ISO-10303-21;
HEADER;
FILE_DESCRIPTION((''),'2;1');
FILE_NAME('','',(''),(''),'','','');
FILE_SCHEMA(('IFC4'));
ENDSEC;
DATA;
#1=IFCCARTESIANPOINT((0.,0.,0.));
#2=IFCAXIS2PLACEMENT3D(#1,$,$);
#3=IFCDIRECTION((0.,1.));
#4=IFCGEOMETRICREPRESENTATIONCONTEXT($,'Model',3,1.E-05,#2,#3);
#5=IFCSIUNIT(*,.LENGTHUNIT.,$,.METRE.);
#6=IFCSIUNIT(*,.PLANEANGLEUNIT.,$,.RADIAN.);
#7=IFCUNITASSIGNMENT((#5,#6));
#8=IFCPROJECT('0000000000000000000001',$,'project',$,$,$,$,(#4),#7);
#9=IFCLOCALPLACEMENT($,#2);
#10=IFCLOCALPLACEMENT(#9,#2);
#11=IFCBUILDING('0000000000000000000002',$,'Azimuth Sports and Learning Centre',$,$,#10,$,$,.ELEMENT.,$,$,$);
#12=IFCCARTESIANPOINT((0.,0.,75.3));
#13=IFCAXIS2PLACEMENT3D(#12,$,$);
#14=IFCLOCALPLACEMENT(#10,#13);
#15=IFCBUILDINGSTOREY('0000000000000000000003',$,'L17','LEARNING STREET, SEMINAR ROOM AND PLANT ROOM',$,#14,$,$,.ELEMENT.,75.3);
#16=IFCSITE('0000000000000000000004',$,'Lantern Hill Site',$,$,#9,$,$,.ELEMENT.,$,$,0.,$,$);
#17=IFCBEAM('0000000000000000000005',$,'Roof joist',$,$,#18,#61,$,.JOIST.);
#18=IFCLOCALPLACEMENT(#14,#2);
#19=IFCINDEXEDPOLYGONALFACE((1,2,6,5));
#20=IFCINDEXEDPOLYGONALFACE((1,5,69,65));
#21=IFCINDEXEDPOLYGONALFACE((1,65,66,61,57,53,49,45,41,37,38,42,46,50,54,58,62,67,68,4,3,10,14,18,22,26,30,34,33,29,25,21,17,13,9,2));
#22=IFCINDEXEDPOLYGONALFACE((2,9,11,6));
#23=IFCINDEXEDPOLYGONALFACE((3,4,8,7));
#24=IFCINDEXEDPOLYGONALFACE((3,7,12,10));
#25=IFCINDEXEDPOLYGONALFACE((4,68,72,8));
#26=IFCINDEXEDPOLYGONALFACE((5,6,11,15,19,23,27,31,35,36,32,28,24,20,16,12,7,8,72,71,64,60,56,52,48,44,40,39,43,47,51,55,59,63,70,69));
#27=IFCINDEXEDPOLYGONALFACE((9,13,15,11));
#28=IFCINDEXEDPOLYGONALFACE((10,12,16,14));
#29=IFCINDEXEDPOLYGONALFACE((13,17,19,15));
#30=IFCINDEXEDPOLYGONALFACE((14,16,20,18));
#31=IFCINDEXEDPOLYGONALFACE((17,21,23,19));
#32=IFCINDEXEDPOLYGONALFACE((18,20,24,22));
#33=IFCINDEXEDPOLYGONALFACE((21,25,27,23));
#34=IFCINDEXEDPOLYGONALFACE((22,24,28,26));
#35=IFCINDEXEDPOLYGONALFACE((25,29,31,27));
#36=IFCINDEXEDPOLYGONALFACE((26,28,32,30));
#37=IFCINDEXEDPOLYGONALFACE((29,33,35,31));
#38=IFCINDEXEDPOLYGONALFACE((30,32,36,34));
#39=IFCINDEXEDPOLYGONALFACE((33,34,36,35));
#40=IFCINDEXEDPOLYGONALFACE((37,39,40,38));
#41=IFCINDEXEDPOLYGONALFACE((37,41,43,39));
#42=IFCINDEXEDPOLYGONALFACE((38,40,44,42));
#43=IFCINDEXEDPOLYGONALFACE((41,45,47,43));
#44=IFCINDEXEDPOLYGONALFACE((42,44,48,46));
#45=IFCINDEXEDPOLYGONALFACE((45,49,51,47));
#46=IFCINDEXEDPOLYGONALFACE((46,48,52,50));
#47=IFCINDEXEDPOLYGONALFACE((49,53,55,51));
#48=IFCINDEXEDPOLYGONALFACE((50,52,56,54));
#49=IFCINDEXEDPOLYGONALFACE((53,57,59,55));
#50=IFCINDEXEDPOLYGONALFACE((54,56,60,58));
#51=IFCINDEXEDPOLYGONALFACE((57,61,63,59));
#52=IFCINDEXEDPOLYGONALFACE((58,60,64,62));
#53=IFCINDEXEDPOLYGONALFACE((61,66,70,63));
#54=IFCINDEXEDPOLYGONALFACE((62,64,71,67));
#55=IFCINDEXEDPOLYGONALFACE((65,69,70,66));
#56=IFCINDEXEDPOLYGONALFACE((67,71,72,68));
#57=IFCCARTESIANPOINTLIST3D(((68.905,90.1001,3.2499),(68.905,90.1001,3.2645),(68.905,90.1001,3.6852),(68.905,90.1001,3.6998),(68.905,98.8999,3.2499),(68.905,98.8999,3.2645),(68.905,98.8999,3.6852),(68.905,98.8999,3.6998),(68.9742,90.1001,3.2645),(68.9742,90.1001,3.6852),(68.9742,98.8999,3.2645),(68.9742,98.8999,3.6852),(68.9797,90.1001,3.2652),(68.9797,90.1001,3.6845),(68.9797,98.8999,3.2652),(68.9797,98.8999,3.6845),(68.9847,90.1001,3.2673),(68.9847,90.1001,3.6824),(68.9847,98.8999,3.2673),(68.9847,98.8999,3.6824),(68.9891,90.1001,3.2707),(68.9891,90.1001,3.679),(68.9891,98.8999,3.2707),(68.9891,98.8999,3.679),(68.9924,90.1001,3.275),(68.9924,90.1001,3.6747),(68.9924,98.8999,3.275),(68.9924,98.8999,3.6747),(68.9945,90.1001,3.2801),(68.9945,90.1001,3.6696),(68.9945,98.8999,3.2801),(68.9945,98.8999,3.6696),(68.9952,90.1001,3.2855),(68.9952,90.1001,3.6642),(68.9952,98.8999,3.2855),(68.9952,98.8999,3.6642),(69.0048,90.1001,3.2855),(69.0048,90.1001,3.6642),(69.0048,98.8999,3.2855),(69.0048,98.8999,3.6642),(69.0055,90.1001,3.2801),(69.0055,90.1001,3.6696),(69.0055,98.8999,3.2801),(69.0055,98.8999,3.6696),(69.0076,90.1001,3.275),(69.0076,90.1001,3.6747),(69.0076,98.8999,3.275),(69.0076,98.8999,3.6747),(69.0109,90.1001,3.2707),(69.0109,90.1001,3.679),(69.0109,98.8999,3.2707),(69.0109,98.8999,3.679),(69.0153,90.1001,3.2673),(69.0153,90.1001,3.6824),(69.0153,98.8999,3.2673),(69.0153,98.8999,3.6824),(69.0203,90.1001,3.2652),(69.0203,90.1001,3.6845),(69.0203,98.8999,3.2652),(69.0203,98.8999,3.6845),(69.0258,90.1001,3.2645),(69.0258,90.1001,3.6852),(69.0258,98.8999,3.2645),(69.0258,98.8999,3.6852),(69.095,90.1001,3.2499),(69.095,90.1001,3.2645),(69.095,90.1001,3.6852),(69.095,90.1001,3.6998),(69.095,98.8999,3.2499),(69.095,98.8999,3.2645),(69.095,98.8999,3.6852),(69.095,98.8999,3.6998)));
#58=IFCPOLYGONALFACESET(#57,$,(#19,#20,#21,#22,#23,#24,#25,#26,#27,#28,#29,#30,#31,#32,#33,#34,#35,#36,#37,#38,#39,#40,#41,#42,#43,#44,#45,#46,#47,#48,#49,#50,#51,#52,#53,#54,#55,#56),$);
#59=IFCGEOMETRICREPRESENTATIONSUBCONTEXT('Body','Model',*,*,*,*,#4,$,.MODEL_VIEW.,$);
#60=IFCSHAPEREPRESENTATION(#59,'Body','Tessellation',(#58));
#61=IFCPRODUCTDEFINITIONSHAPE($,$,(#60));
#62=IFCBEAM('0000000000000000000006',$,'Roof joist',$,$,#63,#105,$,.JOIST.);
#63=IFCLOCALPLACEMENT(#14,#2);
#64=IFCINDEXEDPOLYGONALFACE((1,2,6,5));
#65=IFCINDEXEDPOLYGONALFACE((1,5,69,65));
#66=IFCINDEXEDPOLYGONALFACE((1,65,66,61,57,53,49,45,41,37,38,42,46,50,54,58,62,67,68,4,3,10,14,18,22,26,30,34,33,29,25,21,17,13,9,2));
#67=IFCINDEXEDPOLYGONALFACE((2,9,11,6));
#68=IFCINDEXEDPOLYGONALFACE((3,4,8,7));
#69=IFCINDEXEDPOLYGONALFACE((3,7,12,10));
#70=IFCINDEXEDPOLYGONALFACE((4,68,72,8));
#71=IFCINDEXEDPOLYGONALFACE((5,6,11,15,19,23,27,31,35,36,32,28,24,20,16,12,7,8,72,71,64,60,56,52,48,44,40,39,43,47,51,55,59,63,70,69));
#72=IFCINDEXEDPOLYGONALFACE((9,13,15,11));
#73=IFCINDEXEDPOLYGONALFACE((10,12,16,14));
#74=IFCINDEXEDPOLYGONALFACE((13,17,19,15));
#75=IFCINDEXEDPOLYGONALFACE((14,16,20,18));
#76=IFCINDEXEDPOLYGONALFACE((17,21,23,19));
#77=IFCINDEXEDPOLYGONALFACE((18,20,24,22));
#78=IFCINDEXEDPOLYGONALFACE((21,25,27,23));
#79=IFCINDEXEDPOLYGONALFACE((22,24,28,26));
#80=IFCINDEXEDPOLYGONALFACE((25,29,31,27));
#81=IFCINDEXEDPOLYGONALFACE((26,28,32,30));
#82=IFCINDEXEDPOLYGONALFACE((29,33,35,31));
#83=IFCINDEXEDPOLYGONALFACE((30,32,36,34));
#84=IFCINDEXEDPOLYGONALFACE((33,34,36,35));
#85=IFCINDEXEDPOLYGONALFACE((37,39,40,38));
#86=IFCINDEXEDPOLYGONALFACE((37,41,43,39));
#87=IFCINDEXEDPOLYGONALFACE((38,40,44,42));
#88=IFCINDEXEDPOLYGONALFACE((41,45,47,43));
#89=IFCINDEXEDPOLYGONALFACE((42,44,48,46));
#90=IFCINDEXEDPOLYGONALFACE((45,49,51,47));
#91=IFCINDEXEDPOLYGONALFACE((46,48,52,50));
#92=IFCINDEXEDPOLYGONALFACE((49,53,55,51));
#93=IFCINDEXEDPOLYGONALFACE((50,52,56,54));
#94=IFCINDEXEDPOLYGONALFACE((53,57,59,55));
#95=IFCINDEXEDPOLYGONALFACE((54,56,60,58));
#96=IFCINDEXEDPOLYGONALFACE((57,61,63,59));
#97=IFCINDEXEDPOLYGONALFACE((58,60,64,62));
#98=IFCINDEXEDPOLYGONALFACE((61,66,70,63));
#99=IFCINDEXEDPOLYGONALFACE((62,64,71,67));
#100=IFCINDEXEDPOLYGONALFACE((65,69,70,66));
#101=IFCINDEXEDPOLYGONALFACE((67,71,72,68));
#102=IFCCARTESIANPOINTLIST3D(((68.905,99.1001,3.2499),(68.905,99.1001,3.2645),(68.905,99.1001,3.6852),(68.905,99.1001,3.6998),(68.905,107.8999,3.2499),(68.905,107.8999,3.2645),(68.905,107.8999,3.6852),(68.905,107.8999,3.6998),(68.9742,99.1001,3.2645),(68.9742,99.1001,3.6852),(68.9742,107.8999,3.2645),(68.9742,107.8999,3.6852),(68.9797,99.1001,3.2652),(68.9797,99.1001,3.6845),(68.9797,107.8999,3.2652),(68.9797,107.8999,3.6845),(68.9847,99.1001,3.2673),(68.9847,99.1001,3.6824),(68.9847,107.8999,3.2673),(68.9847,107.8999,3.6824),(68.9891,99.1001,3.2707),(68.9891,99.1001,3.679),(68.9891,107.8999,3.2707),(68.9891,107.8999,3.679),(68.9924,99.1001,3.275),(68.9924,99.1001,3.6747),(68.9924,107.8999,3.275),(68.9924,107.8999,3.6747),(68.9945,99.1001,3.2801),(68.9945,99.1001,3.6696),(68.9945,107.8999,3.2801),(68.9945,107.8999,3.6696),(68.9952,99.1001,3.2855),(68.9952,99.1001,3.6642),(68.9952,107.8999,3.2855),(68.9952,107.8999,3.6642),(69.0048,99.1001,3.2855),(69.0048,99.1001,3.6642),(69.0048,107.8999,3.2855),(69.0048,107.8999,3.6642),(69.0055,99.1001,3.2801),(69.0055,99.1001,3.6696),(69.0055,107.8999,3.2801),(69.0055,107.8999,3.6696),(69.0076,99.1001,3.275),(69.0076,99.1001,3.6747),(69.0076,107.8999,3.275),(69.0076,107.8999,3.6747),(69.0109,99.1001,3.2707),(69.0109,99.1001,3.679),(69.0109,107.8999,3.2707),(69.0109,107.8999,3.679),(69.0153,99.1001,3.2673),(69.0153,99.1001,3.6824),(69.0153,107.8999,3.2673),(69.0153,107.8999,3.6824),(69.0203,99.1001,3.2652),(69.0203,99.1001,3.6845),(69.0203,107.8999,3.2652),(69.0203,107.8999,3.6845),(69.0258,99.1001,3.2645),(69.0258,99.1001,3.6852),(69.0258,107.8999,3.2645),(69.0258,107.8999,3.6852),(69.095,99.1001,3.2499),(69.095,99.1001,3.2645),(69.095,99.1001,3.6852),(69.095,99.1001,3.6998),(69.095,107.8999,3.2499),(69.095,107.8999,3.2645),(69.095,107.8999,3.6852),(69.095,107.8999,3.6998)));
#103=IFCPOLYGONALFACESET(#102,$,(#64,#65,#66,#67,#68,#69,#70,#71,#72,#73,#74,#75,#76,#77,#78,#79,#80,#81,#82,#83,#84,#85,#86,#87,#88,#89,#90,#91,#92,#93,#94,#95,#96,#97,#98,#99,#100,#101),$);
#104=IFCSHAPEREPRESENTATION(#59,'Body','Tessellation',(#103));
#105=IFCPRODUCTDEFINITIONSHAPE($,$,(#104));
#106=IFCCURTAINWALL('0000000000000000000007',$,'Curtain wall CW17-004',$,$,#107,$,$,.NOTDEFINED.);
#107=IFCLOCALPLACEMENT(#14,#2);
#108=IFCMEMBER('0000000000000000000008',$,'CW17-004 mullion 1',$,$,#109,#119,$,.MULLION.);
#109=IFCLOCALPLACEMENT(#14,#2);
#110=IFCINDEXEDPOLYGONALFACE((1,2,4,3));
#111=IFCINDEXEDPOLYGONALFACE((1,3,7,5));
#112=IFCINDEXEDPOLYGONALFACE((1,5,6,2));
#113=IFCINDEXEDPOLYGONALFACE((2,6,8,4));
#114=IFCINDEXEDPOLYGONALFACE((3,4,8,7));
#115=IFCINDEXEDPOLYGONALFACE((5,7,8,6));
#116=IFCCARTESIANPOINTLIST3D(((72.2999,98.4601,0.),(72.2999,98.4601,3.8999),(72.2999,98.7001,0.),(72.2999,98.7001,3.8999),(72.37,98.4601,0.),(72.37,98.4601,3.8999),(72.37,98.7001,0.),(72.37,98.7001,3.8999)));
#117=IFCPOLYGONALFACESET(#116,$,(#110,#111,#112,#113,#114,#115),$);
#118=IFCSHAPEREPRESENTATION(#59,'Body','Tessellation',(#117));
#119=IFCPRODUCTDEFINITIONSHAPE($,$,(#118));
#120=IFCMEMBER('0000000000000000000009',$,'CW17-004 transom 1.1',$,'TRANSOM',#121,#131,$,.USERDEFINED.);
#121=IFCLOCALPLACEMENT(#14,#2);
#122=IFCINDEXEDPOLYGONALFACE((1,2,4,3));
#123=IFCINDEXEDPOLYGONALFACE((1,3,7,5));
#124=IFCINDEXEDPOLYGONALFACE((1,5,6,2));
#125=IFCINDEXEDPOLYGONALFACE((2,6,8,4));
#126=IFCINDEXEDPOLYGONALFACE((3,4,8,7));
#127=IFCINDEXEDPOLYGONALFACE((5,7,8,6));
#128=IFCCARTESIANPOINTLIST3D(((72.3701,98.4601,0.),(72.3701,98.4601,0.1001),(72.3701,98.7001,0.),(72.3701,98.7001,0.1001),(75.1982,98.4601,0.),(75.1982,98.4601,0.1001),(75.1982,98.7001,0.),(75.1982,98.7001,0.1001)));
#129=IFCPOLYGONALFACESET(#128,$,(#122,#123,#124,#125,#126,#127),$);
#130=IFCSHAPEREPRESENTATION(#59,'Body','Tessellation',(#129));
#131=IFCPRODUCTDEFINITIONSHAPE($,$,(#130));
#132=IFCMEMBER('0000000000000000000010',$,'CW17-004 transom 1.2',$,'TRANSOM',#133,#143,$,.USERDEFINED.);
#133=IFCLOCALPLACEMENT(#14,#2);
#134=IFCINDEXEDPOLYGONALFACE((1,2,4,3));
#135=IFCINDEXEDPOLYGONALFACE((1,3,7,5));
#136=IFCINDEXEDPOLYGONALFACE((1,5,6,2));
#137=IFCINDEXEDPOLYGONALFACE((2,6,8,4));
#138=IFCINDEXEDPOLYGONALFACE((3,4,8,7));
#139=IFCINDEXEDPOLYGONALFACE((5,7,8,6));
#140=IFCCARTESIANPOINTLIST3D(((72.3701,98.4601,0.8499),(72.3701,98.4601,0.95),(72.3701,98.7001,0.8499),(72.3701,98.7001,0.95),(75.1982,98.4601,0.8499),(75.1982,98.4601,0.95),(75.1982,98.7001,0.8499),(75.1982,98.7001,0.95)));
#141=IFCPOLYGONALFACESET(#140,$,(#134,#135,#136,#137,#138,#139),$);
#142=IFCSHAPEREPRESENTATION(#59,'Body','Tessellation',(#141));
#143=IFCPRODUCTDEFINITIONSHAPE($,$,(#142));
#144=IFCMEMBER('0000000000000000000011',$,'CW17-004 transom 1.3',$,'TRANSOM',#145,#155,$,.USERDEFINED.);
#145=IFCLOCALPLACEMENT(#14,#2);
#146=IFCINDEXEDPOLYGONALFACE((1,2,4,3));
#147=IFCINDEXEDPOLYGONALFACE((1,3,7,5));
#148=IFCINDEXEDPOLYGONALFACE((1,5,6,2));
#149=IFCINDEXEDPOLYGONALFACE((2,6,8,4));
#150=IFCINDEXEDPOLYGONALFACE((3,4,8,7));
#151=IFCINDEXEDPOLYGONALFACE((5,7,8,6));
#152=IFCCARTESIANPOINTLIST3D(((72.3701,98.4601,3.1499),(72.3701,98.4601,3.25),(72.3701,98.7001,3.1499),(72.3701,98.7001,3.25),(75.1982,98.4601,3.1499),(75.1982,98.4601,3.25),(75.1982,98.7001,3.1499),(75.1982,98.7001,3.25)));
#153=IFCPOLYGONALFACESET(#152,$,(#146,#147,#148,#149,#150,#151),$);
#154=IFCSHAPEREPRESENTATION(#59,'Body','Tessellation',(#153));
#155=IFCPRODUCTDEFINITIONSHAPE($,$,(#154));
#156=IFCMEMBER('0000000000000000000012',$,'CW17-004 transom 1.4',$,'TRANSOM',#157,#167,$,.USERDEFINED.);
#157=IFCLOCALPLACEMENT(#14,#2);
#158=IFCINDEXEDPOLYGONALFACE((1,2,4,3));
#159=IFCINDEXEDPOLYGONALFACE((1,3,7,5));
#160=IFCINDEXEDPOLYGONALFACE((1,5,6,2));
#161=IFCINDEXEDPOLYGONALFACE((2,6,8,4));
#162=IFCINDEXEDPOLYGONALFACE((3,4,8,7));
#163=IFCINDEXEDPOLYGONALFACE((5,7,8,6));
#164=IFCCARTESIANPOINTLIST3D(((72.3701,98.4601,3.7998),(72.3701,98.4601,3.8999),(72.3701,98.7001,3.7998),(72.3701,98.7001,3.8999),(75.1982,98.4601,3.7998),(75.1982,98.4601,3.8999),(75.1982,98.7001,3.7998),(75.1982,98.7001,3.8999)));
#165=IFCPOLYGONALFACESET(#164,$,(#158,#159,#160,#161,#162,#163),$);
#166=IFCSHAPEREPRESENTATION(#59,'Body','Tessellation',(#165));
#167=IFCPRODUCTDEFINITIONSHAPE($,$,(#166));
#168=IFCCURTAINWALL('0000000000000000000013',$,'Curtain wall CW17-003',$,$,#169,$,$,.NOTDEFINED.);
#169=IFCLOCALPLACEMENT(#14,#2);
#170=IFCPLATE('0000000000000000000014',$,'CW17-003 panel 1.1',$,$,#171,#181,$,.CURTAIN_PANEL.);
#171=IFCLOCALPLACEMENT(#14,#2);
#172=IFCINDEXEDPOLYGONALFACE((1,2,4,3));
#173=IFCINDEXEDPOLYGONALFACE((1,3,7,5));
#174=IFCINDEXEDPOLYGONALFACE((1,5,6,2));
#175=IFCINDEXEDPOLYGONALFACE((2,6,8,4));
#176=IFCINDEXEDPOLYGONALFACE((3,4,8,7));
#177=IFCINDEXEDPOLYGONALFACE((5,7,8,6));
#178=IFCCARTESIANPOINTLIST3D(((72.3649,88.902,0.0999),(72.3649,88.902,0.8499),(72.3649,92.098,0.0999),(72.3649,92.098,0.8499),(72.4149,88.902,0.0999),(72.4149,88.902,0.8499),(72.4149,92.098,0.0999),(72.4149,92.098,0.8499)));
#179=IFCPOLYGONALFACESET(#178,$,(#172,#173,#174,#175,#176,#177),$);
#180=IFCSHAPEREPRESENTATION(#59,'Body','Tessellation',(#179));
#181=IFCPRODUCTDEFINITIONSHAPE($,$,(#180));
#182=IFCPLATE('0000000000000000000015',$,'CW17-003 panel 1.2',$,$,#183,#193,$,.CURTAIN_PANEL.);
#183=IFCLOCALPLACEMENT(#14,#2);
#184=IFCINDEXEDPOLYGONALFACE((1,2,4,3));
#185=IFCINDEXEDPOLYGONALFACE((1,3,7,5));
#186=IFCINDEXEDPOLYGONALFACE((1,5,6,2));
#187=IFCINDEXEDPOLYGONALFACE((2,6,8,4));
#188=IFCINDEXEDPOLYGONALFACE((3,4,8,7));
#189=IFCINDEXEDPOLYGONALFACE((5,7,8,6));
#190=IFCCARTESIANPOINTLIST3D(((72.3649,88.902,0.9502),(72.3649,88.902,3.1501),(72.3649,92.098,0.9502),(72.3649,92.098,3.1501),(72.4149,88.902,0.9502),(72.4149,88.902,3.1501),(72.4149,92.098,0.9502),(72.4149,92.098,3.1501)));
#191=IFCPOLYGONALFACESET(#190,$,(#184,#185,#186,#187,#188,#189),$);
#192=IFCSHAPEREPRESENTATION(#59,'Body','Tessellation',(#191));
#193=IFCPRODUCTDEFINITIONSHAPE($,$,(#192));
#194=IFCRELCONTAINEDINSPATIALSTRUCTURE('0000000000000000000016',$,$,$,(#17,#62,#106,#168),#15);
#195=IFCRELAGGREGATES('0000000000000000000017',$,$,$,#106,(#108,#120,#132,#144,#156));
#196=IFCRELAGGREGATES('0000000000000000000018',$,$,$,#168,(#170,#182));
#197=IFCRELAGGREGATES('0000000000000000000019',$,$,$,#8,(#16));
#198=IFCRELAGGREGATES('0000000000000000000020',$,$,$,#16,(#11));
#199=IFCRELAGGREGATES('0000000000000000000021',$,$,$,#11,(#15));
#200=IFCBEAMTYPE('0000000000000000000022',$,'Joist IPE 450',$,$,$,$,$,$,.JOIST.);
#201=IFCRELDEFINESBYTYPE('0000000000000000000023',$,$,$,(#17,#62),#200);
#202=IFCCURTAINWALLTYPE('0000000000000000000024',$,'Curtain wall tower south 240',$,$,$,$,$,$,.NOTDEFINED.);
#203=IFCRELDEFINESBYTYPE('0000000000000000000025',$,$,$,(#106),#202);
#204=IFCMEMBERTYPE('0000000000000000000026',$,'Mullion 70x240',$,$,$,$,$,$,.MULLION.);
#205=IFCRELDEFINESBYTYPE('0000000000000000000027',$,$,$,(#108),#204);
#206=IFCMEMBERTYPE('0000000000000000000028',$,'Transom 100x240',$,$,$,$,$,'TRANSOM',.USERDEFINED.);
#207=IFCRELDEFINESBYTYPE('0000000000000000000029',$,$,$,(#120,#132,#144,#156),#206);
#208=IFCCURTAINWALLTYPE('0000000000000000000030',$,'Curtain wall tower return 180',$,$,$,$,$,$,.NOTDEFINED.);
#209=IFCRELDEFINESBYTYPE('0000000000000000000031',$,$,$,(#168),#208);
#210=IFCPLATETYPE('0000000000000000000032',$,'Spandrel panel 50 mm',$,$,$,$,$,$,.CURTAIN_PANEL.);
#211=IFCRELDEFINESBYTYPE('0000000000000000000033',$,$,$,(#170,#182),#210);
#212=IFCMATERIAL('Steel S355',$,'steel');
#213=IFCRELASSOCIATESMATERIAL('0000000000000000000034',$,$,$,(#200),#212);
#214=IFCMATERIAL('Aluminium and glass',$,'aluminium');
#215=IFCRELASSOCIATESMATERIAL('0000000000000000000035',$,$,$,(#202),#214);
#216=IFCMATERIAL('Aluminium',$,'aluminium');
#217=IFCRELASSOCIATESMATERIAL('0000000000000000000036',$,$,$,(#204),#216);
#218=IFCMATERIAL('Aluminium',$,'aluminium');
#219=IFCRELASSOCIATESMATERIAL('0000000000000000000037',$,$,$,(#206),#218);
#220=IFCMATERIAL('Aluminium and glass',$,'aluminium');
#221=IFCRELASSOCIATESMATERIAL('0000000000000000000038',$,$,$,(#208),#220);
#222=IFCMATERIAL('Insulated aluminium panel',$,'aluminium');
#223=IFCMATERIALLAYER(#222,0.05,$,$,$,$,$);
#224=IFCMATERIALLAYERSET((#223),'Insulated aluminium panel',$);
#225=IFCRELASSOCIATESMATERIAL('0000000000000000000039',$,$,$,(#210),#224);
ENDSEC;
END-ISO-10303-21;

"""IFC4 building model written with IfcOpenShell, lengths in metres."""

from ifc_helpers import new_model, si_unit, direction, frame, origin, origin_2d, place, context, subcontext, project, spatial, rectangle, i_section, extrude, material, layer, layer_set, material_profile, profile_set, type_object, element, aggregate, save


model = new_model("IFC4")

# Units and contexts
model_context = context("Model", 3, precision=1e-05, world=origin(), true_north=direction((0.0, 1.0)))
body_context = subcontext(model_context, "Body", "Model", "MODEL_VIEW")
ifc_project = project(units=[si_unit("LENGTHUNIT", "METRE"), si_unit("PLANEANGLEUNIT", "RADIAN")], contexts=[model_context])

# Site, building, storey
site_placement = place(None, origin())
site = spatial("IfcSite", under=ifc_project, at=site_placement, Name="Lantern Hill Site", CompositionType="ELEMENT", RefElevation=0.0)
building_placement = place(site_placement, origin())
building = spatial("IfcBuilding", under=site, at=building_placement, Name="Azimuth Sports and Learning Centre", CompositionType="ELEMENT")
storey_placement = place(building_placement, frame((0.0, 0.0, 75.3)))
storey = spatial("IfcBuildingStorey", under=building, at=storey_placement, Name="L17", Description="LEARNING STREET, SEMINAR ROOM AND PLANT ROOM", CompositionType="ELEMENT", Elevation=75.3)

# Beams
ifc_material_1 = material(Name="Steel S355", Category="steel")
ifc_material_profile_1 = material_profile(ifc_material_1, i_section(OverallWidth=0.1899, OverallDepth=0.45, WebThickness=0.0095, FlangeThickness=0.0146, FilletRadius=0.021, at=origin_2d()), Name="IPE 450")
ifc_profile_set_1 = profile_set([ifc_material_profile_1], Name="Steel S355")
beam_type_1 = type_object("IfcBeamType", Name="Joist IPE 450", PredefinedType="JOIST", material=ifc_profile_set_1)
for number, where, z_axis, x_axis, name in (
    (1, (69.0, 90.1001, 3.4749), (0.0, 1.0, 0.0), (-1.0, 0.0, 0.0), "Roof joist"),
    (2, (69.0, 99.1001, 3.4749), (0.0, 1.0, 0.0), (-1.0, 0.0, 0.0), "Roof joist"),
):
    element("IfcBeam", number, at=place(storey_placement, frame(where, z_axis=z_axis, x_axis=x_axis)), inside=storey, type_object=beam_type_1, Name=name, PredefinedType="JOIST", context=body_context, shape_type="SweptSolid", body=[
        extrude(i_section(OverallWidth=0.1899, OverallDepth=0.45, WebThickness=0.0095, FlangeThickness=0.0146, FilletRadius=0.021, at=origin_2d()), origin(), (0.0, 0.0, 1.0), 8.7998),
    ])

# Curtain wall, members
ifc_material_2 = material(Name="Aluminium and glass", Category="aluminium")
curtain_wall_type_1 = type_object("IfcCurtainWallType", Name="Curtain wall tower south 240", PredefinedType="NOTDEFINED", material=ifc_material_2)
curtain_wall_1_placement = place(storey_placement, origin())
curtain_wall_1 = element("IfcCurtainWall", 3, at=curtain_wall_1_placement, inside=storey, type_object=curtain_wall_type_1, Name="Curtain wall CW17-004", PredefinedType="NOTDEFINED")
ifc_material_3 = material(Name="Aluminium", Category="aluminium")
ifc_material_profile_2 = material_profile(ifc_material_3, rectangle(XDim=0.24, YDim=0.0701, at=origin_2d()), Name="Mullion 70x240")
ifc_profile_set_2 = profile_set([ifc_material_profile_2], Name="Aluminium")
member_type_1 = type_object("IfcMemberType", Name="Mullion 70x240", PredefinedType="MULLION", material=ifc_profile_set_2)
member_1_placement = place(storey_placement, frame((72.335, 98.5801, 0.0), z_axis=(0.0, 0.0, 1.0), x_axis=(0.0, 1.0, 0.0)))
member_1 = element("IfcMember", 4, at=member_1_placement, type_object=member_type_1, Name="CW17-004 mullion 1", PredefinedType="MULLION", context=body_context, shape_type="SweptSolid", body=[
    extrude(rectangle(XDim=0.24, YDim=0.0701, at=origin_2d()), origin(), (0.0, 0.0, 1.0), 3.8999),
])
ifc_material_4 = material(Name="Aluminium", Category="aluminium")
ifc_material_profile_3 = material_profile(ifc_material_4, rectangle(XDim=0.24, YDim=0.1001, at=origin_2d()), Name="Transom 100x240")
ifc_profile_set_3 = profile_set([ifc_material_profile_3], Name="Aluminium")
member_type_2 = type_object("IfcMemberType", Name="Transom 100x240", ElementType="TRANSOM", PredefinedType="USERDEFINED", material=ifc_profile_set_3)
member_2_placement = place(storey_placement, frame((72.3701, 98.5801, 0.05), z_axis=(1.0, 0.0, 0.0), x_axis=(0.0, 1.0, 0.0)))
member_2 = element("IfcMember", 5, at=member_2_placement, type_object=member_type_2, Name="CW17-004 transom 1.1", ObjectType="TRANSOM", PredefinedType="USERDEFINED", context=body_context, shape_type="SweptSolid", body=[
    extrude(rectangle(XDim=0.24, YDim=0.1001, at=origin_2d()), origin(), (0.0, 0.0, 1.0), 2.8281),
])
member_3_placement = place(storey_placement, frame((72.3701, 98.5801, 0.8999), z_axis=(1.0, 0.0, 0.0), x_axis=(0.0, 1.0, 0.0)))
member_3 = element("IfcMember", 6, at=member_3_placement, type_object=member_type_2, Name="CW17-004 transom 1.2", ObjectType="TRANSOM", PredefinedType="USERDEFINED", context=body_context, shape_type="SweptSolid", body=[
    extrude(rectangle(XDim=0.24, YDim=0.1001, at=origin_2d()), origin(), (0.0, 0.0, 1.0), 2.8281),
])
member_4_placement = place(storey_placement, frame((72.3701, 98.5801, 3.2), z_axis=(1.0, 0.0, 0.0), x_axis=(0.0, 1.0, 0.0)))
member_4 = element("IfcMember", 7, at=member_4_placement, type_object=member_type_2, Name="CW17-004 transom 1.3", ObjectType="TRANSOM", PredefinedType="USERDEFINED", context=body_context, shape_type="SweptSolid", body=[
    extrude(rectangle(XDim=0.24, YDim=0.1001, at=origin_2d()), origin(), (0.0, 0.0, 1.0), 2.8281),
])
member_5_placement = place(storey_placement, frame((72.3701, 98.5801, 3.8499), z_axis=(1.0, 0.0, 0.0), x_axis=(0.0, 1.0, 0.0)))
member_5 = element("IfcMember", 8, at=member_5_placement, type_object=member_type_2, Name="CW17-004 transom 1.4", ObjectType="TRANSOM", PredefinedType="USERDEFINED", context=body_context, shape_type="SweptSolid", body=[
    extrude(rectangle(XDim=0.24, YDim=0.1001, at=origin_2d()), origin(), (0.0, 0.0, 1.0), 2.8281),
])
aggregate(curtain_wall_1, [member_1, member_2, member_3, member_4, member_5])

# Curtain wall, plates
ifc_material_5 = material(Name="Aluminium and glass", Category="aluminium")
curtain_wall_type_2 = type_object("IfcCurtainWallType", Name="Curtain wall tower return 180", PredefinedType="NOTDEFINED", material=ifc_material_5)
curtain_wall_2_placement = place(storey_placement, origin())
curtain_wall_2 = element("IfcCurtainWall", 9, at=curtain_wall_2_placement, inside=storey, type_object=curtain_wall_type_2, Name="Curtain wall CW17-003", PredefinedType="NOTDEFINED")
ifc_material_6 = material(Name="Insulated aluminium panel", Category="aluminium")
ifc_layer_1 = layer(ifc_material_6, 0.05)
ifc_layer_set_1 = layer_set([ifc_layer_1], Name="Insulated aluminium panel")
plate_type = type_object("IfcPlateType", Name="Spandrel panel 50 mm", PredefinedType="CURTAIN_PANEL", material=ifc_layer_set_1)
plate_1_placement = place(storey_placement, frame((72.3899, 90.5, 0.0999), z_axis=(0.0, 0.0, 1.0), x_axis=(0.0, 1.0, 0.0)))
plate_1 = element("IfcPlate", 10, at=plate_1_placement, type_object=plate_type, Name="CW17-003 panel 1.1", PredefinedType="CURTAIN_PANEL", context=body_context, shape_type="SweptSolid", body=[
    extrude(rectangle(XDim=3.196, YDim=0.05, at=origin_2d()), origin(), (0.0, 0.0, 1.0), 0.75),
])
plate_2_placement = place(storey_placement, frame((72.3899, 90.5, 0.9502), z_axis=(0.0, 0.0, 1.0), x_axis=(0.0, 1.0, 0.0)))
plate_2 = element("IfcPlate", 11, at=plate_2_placement, type_object=plate_type, Name="CW17-003 panel 1.2", PredefinedType="CURTAIN_PANEL", context=body_context, shape_type="SweptSolid", body=[
    extrude(rectangle(XDim=3.196, YDim=0.05, at=origin_2d()), origin(), (0.0, 0.0, 1.0), 2.2),
])
aggregate(curtain_wall_2, [plate_1, plate_2])

save(model, "model.ifc")
